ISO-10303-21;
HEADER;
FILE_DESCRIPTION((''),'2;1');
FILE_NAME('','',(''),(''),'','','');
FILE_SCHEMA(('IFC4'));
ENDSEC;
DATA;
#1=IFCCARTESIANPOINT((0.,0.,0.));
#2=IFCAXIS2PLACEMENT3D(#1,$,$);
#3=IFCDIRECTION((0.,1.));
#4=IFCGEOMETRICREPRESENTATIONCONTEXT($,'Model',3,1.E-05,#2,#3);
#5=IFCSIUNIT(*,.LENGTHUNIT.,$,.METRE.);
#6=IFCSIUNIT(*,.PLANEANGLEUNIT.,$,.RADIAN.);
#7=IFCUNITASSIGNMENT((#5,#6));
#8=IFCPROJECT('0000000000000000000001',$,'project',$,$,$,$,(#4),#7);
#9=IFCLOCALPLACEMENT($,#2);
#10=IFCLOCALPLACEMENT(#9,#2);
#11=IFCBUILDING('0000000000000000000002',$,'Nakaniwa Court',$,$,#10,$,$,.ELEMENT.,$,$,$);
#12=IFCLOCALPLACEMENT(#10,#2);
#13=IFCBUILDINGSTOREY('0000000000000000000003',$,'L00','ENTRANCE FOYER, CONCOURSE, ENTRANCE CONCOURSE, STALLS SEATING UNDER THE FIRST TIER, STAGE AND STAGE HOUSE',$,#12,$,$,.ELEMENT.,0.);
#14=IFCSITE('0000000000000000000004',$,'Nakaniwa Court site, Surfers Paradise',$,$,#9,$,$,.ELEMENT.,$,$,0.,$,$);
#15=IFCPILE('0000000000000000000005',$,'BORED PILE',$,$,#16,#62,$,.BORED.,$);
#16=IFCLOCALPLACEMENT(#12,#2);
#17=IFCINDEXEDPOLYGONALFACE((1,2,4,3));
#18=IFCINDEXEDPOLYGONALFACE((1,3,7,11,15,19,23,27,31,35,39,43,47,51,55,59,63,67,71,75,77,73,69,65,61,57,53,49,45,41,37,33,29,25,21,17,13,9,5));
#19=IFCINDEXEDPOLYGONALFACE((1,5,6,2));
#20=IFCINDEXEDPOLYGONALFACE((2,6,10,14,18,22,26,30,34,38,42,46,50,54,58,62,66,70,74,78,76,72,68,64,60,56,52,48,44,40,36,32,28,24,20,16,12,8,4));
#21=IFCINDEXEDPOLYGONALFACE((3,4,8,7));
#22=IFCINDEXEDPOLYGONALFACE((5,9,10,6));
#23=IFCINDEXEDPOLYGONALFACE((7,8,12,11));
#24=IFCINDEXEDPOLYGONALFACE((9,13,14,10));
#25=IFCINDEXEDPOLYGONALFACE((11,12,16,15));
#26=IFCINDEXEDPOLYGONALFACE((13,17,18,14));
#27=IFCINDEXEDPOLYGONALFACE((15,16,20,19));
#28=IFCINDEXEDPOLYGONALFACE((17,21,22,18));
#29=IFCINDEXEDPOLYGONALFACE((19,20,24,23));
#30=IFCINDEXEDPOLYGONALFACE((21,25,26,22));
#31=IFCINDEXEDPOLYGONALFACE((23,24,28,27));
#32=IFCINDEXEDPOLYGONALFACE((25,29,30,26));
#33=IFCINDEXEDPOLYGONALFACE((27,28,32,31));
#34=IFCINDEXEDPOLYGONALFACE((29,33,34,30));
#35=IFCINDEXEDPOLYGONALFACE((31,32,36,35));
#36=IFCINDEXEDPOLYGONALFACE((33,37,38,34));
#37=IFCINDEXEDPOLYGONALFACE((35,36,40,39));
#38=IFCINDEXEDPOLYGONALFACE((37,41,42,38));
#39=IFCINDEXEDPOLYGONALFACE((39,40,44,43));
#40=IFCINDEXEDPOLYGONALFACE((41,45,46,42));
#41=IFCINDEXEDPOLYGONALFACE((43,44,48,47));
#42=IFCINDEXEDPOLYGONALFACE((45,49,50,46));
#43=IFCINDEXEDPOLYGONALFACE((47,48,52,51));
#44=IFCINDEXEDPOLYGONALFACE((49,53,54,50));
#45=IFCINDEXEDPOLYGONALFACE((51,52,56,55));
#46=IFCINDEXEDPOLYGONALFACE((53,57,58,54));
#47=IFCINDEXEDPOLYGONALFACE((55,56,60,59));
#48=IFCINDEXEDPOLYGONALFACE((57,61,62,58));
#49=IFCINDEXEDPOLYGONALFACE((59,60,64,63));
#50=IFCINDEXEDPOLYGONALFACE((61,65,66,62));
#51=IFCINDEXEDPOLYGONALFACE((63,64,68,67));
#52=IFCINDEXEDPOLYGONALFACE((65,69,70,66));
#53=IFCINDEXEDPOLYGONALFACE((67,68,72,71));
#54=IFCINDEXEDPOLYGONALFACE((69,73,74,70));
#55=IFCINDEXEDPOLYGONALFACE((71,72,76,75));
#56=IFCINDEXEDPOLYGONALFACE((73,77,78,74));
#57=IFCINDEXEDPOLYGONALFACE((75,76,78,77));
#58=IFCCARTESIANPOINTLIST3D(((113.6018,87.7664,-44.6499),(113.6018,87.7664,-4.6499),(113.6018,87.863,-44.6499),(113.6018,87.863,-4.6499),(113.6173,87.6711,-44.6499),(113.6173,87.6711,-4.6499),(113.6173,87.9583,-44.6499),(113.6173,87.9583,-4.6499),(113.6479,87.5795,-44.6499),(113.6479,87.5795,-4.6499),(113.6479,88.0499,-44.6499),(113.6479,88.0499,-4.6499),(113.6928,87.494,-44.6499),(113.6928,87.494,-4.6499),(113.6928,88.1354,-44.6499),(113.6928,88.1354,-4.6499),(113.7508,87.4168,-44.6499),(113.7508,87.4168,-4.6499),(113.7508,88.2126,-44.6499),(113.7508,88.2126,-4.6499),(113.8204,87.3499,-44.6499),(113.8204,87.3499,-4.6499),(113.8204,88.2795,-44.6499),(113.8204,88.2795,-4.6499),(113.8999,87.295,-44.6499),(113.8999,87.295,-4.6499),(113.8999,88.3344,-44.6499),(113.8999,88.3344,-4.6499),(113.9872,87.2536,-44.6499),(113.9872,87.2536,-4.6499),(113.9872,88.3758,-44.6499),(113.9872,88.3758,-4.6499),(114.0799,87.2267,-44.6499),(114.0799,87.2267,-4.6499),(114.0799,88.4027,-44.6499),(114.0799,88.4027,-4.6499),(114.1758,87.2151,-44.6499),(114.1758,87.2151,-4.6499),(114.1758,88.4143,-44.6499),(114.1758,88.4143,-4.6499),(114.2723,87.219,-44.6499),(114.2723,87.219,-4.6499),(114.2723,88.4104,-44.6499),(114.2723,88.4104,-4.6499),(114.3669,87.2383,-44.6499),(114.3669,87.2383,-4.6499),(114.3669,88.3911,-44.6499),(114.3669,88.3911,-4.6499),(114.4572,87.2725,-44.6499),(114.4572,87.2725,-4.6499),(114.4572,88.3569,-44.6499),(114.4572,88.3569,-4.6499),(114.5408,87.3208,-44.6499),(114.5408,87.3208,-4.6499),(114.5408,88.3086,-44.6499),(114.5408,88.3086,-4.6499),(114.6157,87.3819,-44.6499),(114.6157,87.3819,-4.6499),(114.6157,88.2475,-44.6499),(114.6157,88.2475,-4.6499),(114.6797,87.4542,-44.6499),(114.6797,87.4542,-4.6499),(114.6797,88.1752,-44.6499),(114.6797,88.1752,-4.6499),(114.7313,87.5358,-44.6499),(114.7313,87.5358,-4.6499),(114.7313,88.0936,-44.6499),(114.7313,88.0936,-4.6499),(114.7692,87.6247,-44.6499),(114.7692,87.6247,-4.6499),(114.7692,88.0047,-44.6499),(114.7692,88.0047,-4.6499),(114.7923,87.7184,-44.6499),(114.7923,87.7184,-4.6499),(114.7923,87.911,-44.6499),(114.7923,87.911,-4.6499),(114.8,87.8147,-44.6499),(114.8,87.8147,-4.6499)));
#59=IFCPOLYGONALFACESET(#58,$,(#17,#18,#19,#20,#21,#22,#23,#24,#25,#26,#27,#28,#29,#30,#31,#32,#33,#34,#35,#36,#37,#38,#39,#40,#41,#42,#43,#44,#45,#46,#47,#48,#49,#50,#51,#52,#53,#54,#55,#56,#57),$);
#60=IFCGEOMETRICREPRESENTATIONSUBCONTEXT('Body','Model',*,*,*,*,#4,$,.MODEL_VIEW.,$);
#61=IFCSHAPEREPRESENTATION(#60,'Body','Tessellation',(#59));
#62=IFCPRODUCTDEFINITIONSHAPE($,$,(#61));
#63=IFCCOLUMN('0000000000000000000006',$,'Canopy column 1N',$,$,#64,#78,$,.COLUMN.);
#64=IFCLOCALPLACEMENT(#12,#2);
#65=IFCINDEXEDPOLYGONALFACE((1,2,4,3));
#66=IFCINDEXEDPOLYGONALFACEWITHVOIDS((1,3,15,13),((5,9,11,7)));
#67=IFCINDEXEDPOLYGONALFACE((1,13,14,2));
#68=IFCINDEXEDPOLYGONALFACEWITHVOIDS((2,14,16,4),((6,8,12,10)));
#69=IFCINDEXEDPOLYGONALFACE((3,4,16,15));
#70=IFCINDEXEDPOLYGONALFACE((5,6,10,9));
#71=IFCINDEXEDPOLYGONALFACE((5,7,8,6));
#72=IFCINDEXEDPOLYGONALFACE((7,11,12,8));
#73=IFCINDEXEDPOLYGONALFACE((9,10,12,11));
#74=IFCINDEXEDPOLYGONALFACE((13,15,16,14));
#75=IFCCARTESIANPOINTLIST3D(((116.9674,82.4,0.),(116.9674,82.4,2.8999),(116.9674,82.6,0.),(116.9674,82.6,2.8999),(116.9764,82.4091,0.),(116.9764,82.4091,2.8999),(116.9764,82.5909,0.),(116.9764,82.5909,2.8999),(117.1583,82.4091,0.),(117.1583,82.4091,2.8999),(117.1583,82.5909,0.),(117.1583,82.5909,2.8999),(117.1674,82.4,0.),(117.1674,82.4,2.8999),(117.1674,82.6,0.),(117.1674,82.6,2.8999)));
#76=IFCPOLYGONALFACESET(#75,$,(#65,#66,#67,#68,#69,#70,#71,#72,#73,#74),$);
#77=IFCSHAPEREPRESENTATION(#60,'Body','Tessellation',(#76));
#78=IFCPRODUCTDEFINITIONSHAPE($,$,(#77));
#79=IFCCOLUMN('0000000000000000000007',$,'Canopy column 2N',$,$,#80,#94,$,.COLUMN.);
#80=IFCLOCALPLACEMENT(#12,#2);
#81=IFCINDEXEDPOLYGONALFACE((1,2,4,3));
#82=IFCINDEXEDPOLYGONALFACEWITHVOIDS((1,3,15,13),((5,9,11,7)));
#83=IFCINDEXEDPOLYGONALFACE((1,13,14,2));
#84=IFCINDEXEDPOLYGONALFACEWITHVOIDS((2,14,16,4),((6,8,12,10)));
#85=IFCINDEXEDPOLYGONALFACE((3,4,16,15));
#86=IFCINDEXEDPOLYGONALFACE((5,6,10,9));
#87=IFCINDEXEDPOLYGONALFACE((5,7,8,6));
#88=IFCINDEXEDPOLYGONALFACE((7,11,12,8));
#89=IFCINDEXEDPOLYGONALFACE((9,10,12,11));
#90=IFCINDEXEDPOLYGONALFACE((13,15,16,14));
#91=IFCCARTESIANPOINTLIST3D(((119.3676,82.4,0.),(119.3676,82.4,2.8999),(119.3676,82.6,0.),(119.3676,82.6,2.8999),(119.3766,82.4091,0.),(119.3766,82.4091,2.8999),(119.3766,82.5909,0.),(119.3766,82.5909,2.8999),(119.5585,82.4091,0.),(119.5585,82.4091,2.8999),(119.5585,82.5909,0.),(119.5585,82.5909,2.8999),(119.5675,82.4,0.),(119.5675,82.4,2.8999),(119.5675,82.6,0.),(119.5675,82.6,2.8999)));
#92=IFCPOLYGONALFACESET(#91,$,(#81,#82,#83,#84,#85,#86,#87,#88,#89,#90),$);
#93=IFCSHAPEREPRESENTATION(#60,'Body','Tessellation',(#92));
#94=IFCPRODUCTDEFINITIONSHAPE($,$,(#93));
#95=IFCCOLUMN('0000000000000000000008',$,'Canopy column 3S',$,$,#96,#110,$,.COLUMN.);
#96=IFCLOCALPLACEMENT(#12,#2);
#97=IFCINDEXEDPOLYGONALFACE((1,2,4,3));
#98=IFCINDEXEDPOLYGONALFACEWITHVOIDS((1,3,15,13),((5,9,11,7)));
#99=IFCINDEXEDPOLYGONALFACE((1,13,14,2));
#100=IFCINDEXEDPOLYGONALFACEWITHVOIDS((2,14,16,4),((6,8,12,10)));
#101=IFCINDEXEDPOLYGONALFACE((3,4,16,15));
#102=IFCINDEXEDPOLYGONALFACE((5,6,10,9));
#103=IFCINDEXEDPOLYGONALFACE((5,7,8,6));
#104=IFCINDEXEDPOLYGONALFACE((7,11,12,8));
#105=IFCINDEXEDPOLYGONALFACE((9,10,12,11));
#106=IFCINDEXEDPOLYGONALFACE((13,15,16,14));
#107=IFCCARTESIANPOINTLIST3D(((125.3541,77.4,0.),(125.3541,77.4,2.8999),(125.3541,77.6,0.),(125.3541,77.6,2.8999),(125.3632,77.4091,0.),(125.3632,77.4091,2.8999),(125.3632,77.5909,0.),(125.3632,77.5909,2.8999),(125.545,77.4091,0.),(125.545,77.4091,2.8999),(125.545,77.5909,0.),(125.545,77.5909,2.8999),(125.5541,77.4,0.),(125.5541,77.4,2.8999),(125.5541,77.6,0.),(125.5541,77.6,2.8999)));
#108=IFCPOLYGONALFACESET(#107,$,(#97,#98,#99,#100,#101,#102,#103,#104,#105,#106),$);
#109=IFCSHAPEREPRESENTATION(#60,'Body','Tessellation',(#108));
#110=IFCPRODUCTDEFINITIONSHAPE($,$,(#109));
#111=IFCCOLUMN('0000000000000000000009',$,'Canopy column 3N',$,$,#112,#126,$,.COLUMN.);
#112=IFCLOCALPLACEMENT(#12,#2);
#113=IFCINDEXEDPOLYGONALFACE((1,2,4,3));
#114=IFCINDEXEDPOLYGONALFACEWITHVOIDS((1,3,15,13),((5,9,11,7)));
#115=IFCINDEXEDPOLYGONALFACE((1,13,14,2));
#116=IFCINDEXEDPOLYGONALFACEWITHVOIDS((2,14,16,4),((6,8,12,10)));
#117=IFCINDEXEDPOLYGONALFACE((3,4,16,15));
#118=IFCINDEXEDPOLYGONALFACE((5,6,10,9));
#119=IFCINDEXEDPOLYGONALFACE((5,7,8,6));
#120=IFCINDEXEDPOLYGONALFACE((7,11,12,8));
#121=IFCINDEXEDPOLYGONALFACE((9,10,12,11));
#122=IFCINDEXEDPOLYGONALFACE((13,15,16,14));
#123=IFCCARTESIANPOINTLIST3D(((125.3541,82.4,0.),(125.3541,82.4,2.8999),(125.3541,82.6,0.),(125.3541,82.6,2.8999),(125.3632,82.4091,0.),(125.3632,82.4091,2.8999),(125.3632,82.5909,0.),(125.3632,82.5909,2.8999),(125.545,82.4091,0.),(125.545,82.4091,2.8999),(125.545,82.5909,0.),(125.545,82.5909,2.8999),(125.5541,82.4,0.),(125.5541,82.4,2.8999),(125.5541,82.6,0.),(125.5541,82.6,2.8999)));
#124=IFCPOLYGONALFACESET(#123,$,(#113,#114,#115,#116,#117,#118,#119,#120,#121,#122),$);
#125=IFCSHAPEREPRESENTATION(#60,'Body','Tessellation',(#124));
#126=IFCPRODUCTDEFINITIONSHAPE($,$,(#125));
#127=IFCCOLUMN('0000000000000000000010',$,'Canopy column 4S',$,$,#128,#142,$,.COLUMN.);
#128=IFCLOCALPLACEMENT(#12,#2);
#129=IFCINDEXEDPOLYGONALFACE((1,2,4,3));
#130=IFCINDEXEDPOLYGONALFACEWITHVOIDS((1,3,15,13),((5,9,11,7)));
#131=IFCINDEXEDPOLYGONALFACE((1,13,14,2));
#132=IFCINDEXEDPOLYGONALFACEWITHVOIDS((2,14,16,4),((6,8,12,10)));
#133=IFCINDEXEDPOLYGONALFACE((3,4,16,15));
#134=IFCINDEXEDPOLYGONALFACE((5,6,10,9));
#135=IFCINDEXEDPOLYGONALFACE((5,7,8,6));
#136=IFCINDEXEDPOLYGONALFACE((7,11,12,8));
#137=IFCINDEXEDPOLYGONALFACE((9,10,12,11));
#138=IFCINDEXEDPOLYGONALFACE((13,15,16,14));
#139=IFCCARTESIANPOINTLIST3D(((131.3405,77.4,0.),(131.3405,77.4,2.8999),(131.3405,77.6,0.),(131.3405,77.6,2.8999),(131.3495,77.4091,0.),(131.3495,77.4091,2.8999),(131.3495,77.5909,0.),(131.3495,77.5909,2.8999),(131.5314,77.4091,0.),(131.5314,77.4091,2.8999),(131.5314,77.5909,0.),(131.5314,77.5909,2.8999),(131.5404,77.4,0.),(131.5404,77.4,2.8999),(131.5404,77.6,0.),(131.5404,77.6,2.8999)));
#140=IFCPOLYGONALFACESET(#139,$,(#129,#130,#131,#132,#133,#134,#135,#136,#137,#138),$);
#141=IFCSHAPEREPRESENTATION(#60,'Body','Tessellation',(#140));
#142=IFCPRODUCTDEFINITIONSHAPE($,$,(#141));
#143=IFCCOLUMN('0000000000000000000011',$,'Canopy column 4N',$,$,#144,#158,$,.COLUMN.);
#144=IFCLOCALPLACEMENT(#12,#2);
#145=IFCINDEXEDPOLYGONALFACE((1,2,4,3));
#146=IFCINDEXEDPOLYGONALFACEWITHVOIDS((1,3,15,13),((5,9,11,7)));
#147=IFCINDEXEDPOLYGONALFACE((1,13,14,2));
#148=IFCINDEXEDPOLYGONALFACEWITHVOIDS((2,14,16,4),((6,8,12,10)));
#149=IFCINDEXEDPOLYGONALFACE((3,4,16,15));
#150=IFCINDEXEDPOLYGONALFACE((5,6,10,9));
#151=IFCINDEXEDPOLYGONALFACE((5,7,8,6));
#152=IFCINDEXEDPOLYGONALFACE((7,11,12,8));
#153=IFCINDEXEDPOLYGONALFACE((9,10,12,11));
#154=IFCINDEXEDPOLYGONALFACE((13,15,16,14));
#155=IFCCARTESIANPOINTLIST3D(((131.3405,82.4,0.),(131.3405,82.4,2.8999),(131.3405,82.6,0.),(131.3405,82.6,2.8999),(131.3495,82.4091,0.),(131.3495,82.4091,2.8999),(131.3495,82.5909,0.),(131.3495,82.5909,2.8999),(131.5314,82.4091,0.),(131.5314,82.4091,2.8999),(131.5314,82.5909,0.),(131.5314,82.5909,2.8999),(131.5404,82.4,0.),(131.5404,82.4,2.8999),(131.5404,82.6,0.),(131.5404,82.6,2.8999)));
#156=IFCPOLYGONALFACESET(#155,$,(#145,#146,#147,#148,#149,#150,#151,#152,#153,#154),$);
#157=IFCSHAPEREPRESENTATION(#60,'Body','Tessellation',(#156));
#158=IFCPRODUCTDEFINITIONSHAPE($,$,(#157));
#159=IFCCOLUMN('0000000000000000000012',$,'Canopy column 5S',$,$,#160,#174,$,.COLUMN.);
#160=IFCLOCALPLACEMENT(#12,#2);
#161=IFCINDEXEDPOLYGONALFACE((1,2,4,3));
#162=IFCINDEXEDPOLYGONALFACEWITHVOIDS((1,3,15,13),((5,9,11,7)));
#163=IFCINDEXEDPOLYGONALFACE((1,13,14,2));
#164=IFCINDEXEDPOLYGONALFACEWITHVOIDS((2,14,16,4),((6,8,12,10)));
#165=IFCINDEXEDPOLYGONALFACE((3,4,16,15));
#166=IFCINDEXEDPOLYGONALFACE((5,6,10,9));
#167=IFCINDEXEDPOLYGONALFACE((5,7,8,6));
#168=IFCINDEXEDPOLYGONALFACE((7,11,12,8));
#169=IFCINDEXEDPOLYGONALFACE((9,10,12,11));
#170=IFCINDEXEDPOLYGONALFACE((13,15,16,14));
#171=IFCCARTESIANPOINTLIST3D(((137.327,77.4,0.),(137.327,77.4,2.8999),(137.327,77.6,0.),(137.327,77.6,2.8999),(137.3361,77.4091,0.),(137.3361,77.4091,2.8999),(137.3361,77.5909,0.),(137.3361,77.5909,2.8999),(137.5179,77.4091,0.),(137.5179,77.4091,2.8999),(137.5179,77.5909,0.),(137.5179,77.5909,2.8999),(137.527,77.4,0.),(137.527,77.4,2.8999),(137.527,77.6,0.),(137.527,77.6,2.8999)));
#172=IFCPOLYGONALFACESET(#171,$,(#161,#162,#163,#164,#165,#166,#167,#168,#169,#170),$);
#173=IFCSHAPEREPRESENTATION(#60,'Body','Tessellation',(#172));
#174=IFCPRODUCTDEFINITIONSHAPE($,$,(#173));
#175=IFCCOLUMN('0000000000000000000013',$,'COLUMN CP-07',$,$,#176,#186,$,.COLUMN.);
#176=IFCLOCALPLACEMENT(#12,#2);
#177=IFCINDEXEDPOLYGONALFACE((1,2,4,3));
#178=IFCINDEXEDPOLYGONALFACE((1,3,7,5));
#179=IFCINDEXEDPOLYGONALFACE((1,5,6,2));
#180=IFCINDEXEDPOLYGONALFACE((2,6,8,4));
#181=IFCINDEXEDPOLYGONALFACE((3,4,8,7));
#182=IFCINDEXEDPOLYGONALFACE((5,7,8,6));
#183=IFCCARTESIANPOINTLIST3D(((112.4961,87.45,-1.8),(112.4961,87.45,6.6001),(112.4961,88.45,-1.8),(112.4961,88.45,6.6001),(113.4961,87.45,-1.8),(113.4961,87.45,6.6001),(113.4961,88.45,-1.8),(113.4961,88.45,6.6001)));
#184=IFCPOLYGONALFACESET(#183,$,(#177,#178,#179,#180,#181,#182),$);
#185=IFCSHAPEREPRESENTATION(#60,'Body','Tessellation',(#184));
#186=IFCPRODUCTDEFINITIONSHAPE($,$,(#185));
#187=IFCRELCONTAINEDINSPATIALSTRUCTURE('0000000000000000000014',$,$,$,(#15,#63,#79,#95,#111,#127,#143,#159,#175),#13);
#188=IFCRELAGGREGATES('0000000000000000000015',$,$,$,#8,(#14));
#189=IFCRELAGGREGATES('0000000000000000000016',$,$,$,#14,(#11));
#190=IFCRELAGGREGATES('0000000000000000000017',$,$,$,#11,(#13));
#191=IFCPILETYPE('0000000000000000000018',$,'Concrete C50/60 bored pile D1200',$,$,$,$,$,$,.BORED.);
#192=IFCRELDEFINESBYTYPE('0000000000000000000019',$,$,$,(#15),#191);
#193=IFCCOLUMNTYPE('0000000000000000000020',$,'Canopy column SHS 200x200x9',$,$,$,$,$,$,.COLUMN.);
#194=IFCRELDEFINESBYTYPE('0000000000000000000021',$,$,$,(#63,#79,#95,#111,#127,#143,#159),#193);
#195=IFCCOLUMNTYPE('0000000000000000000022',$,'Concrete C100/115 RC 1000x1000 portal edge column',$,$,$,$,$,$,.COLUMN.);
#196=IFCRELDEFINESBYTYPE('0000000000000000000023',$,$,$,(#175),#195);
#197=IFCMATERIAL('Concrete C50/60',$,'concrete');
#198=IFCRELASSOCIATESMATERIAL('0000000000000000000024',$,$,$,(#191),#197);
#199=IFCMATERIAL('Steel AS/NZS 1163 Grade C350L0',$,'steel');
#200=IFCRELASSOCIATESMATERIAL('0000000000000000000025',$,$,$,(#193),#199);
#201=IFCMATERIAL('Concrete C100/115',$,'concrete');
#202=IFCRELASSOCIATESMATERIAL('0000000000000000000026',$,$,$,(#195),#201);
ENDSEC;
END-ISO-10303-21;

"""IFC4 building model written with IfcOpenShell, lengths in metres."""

from ifc_helpers import new_model, si_unit, direction, frame, origin, origin_2d, place, context, subcontext, project, spatial, rectangle, hollow_rectangle, circle, extrude, material, material_profile, profile_set, type_object, element, save


model = new_model("IFC4")

# Units and contexts
model_context = context("Model", 3, precision=1e-05, world=origin(), true_north=direction((0.0, 1.0)))
body_context = subcontext(model_context, "Body", "Model", "MODEL_VIEW")
ifc_project = project(units=[si_unit("LENGTHUNIT", "METRE"), si_unit("PLANEANGLEUNIT", "RADIAN")], contexts=[model_context])

# Site, building, storey
site_placement = place(None, origin())
site = spatial("IfcSite", under=ifc_project, at=site_placement, Name="Nakaniwa Court site, Surfers Paradise", CompositionType="ELEMENT", RefElevation=0.0)
building_placement = place(site_placement, origin())
building = spatial("IfcBuilding", under=site, at=building_placement, Name="Nakaniwa Court", CompositionType="ELEMENT")
storey_placement = place(building_placement, origin())
storey = spatial("IfcBuildingStorey", under=building, at=storey_placement, Name="L00", Description="ENTRANCE FOYER, CONCOURSE, ENTRANCE CONCOURSE, STALLS SEATING UNDER THE FIRST TIER, STAGE AND STAGE HOUSE", CompositionType="ELEMENT", Elevation=0.0)

# Pile
ifc_material_1 = material(Name="Concrete C50/60", Category="concrete")
ifc_material_profile_1 = material_profile(ifc_material_1, circle(Radius=0.6001, at=origin_2d()), Name="Concrete C50/60 bored pile D1200")
ifc_profile_set_1 = profile_set([ifc_material_profile_1], Name="Concrete C50/60")
pile_type = type_object("IfcPileType", Name="Concrete C50/60 bored pile D1200", PredefinedType="BORED", material=ifc_profile_set_1)
pile_placement = place(storey_placement, frame((114.2, 87.8147, -4.6499), z_axis=(0.0, 0.0, -1.0), x_axis=(1.0, 0.0, 0.0)))
element("IfcPile", 1, at=pile_placement, inside=storey, type_object=pile_type, Name="BORED PILE", PredefinedType="BORED", context=body_context, shape_type="SweptSolid", body=[
    extrude(circle(Radius=0.6001, at=origin_2d()), origin(), (0.0, 0.0, 1.0), 40.0),
])

# Columns
ifc_material_2 = material(Name="Steel AS/NZS 1163 Grade C350L0", Category="steel")
ifc_material_profile_2 = material_profile(ifc_material_2, hollow_rectangle(XDim=0.2, YDim=0.2, WallThickness=0.009, at=origin_2d()), Name="SHS 200x200x9")
ifc_profile_set_2 = profile_set([ifc_material_profile_2], Name="Steel AS/NZS 1163 Grade C350L0")
column_type_1 = type_object("IfcColumnType", Name="Canopy column SHS 200x200x9", PredefinedType="COLUMN", material=ifc_profile_set_2)
for number, where, z_axis, x_axis, name in (
    (2, (117.0674, 82.5, 0.0), (0.0, 0.0, 1.0), (1.0, 0.0, 0.0), "Canopy column 1N"),
    (3, (119.4675, 82.5, 0.0), (0.0, 0.0, 1.0), (1.0, 0.0, 0.0), "Canopy column 2N"),
    (4, (125.4541, 77.5, 0.0), (0.0, 0.0, 1.0), (1.0, 0.0, 0.0), "Canopy column 3S"),
    (5, (125.4541, 82.5, 0.0), (0.0, 0.0, 1.0), (1.0, 0.0, 0.0), "Canopy column 3N"),
    (6, (131.4404, 77.5, 0.0), (0.0, 0.0, 1.0), (1.0, 0.0, 0.0), "Canopy column 4S"),
    (7, (131.4404, 82.5, 0.0), (0.0, 0.0, 1.0), (1.0, 0.0, 0.0), "Canopy column 4N"),
    (8, (137.427, 77.5, 0.0), (0.0, 0.0, 1.0), (1.0, 0.0, 0.0), "Canopy column 5S"),
):
    element("IfcColumn", number, at=place(storey_placement, frame(where, z_axis=z_axis, x_axis=x_axis)), inside=storey, type_object=column_type_1, Name=name, PredefinedType="COLUMN", context=body_context, shape_type="SweptSolid", body=[
        extrude(hollow_rectangle(XDim=0.2, YDim=0.2, WallThickness=0.009, at=origin_2d()), origin(), (0.0, 0.0, 1.0), 2.8999),
    ])
ifc_material_3 = material(Name="Concrete C100/115", Category="concrete")
ifc_material_profile_3 = material_profile(ifc_material_3, rectangle(XDim=1.0, YDim=1.0, at=origin_2d()), Name="Concrete C100/115 RC 1000x1000 portal edge column")
ifc_profile_set_3 = profile_set([ifc_material_profile_3], Name="Concrete C100/115")
column_type_2 = type_object("IfcColumnType", Name="Concrete C100/115 RC 1000x1000 portal edge column", PredefinedType="COLUMN", material=ifc_profile_set_3)
column_placement = place(storey_placement, frame((112.9961, 87.95, -1.8), z_axis=(0.0, 0.0, 1.0), x_axis=(1.0, 0.0, 0.0)))
element("IfcColumn", 9, at=column_placement, inside=storey, type_object=column_type_2, Name="COLUMN CP-07", PredefinedType="COLUMN", context=body_context, shape_type="SweptSolid", body=[
    extrude(rectangle(XDim=1.0, YDim=1.0, at=origin_2d()), origin(), (0.0, 0.0, 1.0), 8.4001),
])

save(model, "model.ifc")
